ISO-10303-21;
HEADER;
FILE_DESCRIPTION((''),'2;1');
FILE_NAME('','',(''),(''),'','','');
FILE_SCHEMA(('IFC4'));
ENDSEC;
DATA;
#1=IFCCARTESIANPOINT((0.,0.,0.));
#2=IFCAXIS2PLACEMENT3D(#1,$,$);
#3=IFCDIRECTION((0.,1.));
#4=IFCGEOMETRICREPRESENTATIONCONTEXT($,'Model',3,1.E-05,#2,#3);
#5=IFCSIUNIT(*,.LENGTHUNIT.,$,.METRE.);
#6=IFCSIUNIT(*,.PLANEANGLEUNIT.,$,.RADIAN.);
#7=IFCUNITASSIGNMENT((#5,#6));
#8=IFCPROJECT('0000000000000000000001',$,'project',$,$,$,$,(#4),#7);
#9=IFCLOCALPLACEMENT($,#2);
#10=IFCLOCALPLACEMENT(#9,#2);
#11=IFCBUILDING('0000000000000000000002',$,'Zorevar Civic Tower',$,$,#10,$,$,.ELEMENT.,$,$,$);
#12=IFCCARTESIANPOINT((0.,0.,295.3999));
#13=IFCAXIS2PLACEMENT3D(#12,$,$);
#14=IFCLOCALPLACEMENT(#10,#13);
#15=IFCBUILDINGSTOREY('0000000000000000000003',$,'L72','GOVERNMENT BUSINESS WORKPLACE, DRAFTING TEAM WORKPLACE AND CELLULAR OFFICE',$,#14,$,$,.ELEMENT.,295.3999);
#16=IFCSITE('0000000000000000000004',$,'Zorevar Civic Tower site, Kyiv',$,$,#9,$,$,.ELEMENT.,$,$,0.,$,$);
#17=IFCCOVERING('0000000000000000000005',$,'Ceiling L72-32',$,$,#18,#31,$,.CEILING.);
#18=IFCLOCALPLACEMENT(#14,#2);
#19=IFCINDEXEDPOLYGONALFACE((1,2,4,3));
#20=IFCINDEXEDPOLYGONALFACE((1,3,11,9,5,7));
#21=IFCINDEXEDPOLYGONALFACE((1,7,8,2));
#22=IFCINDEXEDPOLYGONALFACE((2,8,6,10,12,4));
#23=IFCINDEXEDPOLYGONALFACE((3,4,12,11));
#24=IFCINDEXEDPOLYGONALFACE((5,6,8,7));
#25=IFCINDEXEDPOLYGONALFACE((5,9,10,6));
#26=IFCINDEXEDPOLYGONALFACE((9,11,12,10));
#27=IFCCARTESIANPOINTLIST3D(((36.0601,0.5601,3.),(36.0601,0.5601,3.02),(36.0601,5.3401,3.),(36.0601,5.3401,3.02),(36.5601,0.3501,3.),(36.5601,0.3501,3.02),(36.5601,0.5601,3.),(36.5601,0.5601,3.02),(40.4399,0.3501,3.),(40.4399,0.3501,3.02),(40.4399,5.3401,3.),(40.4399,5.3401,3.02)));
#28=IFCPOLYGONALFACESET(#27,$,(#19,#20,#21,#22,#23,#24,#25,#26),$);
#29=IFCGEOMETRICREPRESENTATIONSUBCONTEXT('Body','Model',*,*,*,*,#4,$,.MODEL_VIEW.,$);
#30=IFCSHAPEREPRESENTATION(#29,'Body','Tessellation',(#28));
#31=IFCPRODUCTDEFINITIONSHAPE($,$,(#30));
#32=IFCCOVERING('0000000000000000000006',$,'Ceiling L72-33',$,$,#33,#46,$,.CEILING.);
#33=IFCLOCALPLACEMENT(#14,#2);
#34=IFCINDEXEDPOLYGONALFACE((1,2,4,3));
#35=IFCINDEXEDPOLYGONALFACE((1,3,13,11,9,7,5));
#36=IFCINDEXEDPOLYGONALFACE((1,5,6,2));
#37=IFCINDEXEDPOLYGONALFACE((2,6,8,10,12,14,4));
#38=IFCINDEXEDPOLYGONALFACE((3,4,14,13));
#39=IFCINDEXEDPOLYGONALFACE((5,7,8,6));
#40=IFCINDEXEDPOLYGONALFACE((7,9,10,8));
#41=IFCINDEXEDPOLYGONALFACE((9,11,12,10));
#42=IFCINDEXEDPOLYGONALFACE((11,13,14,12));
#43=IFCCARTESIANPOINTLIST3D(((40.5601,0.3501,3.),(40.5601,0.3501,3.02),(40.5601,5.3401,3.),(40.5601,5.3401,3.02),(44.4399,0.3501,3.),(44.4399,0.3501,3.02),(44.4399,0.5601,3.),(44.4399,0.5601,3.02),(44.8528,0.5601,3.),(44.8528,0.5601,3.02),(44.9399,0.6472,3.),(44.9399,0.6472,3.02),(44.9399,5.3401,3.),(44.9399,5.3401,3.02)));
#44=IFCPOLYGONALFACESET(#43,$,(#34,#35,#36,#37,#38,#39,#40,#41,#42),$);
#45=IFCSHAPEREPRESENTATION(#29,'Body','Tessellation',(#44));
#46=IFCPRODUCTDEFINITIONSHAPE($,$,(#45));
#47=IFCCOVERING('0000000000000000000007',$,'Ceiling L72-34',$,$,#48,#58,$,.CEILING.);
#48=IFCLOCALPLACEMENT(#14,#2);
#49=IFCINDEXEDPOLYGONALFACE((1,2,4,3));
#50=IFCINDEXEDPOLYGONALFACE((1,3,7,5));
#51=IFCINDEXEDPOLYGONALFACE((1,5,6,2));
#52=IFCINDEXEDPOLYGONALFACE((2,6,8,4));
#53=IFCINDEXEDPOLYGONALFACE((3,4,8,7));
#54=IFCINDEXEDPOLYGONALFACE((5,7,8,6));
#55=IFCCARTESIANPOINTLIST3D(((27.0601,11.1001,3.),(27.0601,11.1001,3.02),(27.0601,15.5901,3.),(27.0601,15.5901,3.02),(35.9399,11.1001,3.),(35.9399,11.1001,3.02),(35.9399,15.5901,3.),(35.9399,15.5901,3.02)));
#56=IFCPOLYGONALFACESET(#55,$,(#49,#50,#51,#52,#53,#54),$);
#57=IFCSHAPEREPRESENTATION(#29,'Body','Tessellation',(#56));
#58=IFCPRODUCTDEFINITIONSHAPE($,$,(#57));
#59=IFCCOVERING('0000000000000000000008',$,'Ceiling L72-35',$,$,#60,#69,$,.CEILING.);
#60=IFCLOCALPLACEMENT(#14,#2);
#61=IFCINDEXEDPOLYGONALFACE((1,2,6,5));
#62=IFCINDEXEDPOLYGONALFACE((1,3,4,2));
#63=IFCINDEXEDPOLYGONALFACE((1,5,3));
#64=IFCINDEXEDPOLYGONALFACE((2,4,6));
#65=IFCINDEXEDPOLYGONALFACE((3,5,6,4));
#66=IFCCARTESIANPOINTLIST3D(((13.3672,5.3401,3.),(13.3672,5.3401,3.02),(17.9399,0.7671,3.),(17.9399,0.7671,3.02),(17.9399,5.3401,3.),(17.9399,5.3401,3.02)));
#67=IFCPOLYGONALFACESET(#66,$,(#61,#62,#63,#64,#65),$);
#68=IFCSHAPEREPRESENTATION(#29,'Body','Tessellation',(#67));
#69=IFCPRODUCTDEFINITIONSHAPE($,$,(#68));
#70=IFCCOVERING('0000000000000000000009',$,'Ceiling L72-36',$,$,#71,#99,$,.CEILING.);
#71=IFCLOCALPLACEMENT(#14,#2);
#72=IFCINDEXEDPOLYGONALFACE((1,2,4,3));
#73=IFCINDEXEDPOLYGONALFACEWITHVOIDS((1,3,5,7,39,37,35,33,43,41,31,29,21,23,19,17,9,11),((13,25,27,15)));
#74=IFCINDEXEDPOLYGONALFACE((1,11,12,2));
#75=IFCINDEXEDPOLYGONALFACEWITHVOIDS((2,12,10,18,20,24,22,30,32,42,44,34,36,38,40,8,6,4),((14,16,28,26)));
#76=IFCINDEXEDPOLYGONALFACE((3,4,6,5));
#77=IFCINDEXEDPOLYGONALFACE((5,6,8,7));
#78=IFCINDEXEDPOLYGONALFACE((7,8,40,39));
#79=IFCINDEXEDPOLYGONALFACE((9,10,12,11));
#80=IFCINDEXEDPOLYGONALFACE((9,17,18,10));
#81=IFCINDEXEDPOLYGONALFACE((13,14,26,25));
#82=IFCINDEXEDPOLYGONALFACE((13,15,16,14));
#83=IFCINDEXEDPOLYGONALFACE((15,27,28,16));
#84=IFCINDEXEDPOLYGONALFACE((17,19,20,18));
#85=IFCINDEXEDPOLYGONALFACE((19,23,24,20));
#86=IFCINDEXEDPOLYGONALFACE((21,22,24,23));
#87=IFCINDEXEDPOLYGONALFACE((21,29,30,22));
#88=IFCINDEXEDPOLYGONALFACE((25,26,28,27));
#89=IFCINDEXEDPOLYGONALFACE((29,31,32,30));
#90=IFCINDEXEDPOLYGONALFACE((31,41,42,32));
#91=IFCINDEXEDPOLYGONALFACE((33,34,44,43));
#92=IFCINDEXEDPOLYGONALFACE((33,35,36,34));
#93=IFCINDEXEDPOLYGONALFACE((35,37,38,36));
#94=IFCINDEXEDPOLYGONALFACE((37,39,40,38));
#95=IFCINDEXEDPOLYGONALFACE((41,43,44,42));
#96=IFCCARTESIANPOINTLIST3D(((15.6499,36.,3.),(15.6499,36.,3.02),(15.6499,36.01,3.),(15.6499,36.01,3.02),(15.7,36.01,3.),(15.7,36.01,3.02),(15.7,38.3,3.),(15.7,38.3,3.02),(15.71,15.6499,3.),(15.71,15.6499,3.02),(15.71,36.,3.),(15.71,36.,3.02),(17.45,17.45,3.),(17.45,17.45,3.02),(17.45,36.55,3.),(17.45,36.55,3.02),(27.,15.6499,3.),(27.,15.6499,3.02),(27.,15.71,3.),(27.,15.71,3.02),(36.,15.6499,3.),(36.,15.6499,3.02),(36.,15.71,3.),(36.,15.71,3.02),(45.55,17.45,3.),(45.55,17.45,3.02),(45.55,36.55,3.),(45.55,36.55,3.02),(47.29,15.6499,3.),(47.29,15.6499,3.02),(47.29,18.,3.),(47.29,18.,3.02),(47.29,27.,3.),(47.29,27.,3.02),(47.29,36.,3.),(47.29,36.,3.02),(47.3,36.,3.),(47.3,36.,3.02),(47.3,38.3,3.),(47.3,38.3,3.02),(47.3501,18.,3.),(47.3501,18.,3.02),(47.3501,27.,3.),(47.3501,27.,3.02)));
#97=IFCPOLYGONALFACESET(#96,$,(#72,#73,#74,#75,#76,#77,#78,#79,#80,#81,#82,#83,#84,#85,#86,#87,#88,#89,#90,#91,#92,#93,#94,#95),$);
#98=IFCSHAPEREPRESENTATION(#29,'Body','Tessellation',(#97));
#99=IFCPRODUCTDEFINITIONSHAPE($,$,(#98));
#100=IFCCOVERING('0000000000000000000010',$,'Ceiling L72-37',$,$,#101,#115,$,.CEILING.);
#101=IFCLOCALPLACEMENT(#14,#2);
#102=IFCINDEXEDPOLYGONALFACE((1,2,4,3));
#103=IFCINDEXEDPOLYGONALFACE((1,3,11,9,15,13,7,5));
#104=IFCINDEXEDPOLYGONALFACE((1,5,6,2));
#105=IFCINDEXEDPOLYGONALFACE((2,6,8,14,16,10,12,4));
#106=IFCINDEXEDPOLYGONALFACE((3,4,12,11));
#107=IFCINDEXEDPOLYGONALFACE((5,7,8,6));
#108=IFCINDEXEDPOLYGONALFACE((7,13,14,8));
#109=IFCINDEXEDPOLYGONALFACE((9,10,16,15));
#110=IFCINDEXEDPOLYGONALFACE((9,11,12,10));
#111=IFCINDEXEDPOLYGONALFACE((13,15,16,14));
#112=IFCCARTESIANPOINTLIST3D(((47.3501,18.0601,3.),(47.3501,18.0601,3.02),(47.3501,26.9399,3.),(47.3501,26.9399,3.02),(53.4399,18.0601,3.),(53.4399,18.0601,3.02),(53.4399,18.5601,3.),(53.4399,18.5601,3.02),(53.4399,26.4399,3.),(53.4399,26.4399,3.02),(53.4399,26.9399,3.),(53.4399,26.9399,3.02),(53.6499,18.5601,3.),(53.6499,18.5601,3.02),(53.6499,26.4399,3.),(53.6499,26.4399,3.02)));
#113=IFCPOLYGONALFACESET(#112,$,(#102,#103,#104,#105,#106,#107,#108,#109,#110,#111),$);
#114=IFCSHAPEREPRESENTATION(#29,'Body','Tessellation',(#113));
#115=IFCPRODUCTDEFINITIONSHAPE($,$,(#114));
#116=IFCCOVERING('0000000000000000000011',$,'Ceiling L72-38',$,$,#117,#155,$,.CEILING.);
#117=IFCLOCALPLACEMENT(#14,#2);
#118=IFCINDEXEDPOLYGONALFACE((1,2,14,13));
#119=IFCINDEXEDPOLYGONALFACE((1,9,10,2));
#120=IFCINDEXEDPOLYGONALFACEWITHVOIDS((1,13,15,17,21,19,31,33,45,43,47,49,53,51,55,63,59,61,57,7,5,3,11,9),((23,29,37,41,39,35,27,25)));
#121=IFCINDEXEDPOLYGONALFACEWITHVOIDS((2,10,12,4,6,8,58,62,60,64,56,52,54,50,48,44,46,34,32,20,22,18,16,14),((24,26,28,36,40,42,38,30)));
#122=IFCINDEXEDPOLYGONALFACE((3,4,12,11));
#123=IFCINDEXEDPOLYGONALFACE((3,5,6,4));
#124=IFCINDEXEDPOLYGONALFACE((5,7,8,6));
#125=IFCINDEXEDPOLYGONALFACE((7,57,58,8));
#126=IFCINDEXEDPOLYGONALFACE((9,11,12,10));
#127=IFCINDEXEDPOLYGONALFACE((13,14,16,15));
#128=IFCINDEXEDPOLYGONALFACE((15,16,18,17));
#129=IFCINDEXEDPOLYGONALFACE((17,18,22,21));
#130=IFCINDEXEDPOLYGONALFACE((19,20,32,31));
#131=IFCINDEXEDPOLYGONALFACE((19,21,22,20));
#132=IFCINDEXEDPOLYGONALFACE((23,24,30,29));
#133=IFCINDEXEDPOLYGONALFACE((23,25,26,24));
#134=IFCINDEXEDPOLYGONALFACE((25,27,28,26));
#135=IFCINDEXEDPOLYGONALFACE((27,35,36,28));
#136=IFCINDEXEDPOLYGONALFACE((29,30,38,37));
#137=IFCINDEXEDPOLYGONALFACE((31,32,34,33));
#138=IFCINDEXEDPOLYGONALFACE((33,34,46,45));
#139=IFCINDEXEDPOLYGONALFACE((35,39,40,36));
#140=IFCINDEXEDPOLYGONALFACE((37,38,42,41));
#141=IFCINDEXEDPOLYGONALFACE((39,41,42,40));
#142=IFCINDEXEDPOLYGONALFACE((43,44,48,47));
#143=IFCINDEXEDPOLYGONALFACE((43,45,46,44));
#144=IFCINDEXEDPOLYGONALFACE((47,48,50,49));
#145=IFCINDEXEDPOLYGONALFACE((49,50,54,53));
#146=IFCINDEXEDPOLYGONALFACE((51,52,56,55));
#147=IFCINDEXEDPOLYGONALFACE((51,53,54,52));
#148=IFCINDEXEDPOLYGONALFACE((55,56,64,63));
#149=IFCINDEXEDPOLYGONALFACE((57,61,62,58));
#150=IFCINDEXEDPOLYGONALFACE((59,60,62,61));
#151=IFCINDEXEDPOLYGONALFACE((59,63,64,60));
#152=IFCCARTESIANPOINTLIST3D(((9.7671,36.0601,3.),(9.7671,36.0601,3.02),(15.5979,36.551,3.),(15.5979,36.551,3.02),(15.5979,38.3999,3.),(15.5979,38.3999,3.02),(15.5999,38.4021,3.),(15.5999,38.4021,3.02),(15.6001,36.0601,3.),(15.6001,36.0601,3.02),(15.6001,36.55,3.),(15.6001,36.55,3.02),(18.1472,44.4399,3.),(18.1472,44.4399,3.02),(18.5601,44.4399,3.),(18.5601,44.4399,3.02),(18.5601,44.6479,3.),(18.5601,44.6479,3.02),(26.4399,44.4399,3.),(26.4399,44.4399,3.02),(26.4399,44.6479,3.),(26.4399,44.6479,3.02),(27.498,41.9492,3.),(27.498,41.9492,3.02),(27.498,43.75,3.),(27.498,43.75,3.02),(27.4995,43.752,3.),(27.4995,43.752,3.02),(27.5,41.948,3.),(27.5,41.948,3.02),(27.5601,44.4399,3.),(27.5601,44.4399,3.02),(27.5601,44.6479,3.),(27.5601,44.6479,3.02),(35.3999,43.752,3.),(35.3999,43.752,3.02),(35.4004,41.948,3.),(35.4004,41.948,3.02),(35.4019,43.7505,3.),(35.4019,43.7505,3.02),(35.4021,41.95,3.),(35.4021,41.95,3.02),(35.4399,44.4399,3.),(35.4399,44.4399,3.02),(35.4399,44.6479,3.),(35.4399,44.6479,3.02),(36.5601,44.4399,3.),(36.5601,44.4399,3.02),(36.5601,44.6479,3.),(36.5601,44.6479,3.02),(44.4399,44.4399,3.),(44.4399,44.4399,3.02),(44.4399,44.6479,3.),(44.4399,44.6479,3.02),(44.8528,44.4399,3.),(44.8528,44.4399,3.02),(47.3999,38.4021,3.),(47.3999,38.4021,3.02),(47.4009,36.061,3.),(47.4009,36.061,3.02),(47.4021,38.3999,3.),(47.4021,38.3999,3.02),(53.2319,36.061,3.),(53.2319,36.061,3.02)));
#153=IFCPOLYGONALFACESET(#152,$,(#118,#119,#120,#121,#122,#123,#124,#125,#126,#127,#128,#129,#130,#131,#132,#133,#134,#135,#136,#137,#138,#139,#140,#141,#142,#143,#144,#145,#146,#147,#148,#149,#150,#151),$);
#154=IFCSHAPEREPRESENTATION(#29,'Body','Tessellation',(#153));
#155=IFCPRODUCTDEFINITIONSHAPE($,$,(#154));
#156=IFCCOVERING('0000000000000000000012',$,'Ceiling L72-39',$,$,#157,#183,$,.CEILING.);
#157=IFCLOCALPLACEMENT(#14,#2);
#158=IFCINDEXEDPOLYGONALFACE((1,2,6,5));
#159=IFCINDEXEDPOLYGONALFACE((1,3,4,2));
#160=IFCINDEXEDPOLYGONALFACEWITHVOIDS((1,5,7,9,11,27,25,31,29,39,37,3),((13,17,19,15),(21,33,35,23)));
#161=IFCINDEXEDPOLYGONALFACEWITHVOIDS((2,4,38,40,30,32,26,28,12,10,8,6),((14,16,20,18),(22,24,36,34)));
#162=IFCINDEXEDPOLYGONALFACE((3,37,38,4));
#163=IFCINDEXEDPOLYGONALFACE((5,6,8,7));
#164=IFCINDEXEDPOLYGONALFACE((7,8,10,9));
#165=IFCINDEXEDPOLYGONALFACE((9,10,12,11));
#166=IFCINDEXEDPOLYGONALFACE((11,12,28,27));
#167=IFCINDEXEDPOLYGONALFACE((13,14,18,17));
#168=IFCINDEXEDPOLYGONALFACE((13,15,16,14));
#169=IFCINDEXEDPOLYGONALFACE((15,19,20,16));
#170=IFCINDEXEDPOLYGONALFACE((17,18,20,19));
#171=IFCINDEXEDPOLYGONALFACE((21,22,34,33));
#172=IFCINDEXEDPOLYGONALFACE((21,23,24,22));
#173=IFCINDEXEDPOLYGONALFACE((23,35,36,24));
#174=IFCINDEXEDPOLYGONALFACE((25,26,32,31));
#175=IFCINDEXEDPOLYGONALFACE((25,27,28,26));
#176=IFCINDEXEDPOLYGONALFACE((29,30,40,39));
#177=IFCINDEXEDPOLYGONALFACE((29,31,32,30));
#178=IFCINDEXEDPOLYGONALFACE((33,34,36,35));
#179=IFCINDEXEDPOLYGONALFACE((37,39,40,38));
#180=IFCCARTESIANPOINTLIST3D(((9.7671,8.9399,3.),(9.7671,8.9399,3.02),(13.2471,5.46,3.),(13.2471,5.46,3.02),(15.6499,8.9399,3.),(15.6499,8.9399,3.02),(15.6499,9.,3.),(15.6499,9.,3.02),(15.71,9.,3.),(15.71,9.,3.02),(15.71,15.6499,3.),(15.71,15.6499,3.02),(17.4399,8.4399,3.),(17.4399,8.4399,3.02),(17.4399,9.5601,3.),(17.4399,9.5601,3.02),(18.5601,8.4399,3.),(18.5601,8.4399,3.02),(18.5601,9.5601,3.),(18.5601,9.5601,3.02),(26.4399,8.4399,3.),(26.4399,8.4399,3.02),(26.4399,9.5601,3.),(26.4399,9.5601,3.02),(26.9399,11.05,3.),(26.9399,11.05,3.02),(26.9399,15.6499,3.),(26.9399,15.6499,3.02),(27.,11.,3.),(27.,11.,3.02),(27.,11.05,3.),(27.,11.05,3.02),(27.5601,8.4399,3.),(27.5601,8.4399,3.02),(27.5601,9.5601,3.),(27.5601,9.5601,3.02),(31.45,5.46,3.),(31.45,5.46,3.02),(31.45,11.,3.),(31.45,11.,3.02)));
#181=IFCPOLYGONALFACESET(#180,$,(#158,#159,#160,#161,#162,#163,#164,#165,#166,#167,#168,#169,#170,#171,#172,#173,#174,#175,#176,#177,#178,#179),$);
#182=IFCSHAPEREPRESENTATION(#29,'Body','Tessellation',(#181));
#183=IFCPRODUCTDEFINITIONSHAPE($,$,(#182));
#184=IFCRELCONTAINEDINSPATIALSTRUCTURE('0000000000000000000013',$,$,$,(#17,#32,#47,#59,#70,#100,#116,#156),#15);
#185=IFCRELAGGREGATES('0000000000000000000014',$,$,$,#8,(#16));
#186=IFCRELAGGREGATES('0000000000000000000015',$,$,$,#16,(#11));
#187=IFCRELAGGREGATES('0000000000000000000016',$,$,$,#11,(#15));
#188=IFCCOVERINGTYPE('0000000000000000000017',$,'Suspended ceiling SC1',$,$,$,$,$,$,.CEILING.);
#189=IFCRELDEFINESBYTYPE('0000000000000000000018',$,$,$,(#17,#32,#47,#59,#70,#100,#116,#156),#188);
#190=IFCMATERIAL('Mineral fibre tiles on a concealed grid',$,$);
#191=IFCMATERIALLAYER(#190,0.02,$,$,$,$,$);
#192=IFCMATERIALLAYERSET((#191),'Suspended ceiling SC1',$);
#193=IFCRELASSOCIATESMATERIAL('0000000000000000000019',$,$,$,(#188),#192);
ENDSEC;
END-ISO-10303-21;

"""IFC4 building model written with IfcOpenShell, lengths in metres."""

from ifc_helpers import new_model, si_unit, direction, frame, origin, place, context, subcontext, project, spatial, polyline, outline, extrude, material, layer, layer_set, type_object, element, save


model = new_model("IFC4")

# Units and contexts
model_context = context("Model", 3, precision=1e-05, world=origin(), true_north=direction((0.0, 1.0)))
body_context = subcontext(model_context, "Body", "Model", "MODEL_VIEW")
ifc_project = project(units=[si_unit("LENGTHUNIT", "METRE"), si_unit("PLANEANGLEUNIT", "RADIAN")], contexts=[model_context])

# Site, building, storey
site_placement = place(None, origin())
site = spatial("IfcSite", under=ifc_project, at=site_placement, Name="Zorevar Civic Tower site, Kyiv", CompositionType="ELEMENT", RefElevation=0.0)
building_placement = place(site_placement, origin())
building = spatial("IfcBuilding", under=site, at=building_placement, Name="Zorevar Civic Tower", CompositionType="ELEMENT")
storey_placement = place(building_placement, frame((0.0, 0.0, 295.3999)))
storey = spatial("IfcBuildingStorey", under=building, at=storey_placement, Name="L72", Description="GOVERNMENT BUSINESS WORKPLACE, DRAFTING TEAM WORKPLACE AND CELLULAR OFFICE", CompositionType="ELEMENT", Elevation=295.3999)

# Coverings
ifc_material_1 = material(Name="Mineral fibre tiles on a concealed grid")
ifc_layer_1 = layer(ifc_material_1, 0.02)
ifc_layer_set_1 = layer_set([ifc_layer_1], Name="Suspended ceiling SC1")
covering_type_1 = type_object("IfcCoveringType", Name="Suspended ceiling SC1", PredefinedType="CEILING", material=ifc_layer_set_1)
covering_1_placement = place(storey_placement, frame((0.0, 0.0, 3.0)))
element("IfcCovering", 1, at=covering_1_placement, inside=storey, type_object=covering_type_1, Name="Ceiling L72-32", PredefinedType="CEILING", context=body_context, shape_type="SweptSolid", body=[
    extrude(outline(polyline([(40.4399, 5.3401), (40.4399, 0.3501), (36.5601, 0.3501), (36.5601, 0.5601), (36.0601, 0.5601), (36.0601, 5.3401), (40.4399, 5.3401)])), origin(), (0.0, 0.0, 1.0), 0.02),
])
covering_2_placement = place(storey_placement, frame((0.0, 0.0, 3.0)))
element("IfcCovering", 2, at=covering_2_placement, inside=storey, type_object=covering_type_1, Name="Ceiling L72-33", PredefinedType="CEILING", context=body_context, shape_type="SweptSolid", body=[
    extrude(outline(polyline([(44.9399, 0.6472), (44.8528, 0.5601), (44.4399, 0.5601), (44.4399, 0.3501), (40.5601, 0.3501), (40.5601, 5.3401), (44.9399, 5.3401), (44.9399, 0.6472)])), origin(), (0.0, 0.0, 1.0), 0.02),
])
covering_3_placement = place(storey_placement, frame((0.0, 0.0, 3.0)))
element("IfcCovering", 3, at=covering_3_placement, inside=storey, type_object=covering_type_1, Name="Ceiling L72-34", PredefinedType="CEILING", context=body_context, shape_type="SweptSolid", body=[
    extrude(outline(polyline([(27.0601, 15.5901), (35.9399, 15.5901), (35.9399, 11.1001), (27.0601, 11.1001), (27.0601, 15.5901)])), origin(), (0.0, 0.0, 1.0), 0.02),
])
covering_4_placement = place(storey_placement, frame((0.0, 0.0, 3.0)))
element("IfcCovering", 4, at=covering_4_placement, inside=storey, type_object=covering_type_1, Name="Ceiling L72-35", PredefinedType="CEILING", context=body_context, shape_type="SweptSolid", body=[
    extrude(outline(polyline([(17.9399, 5.3401), (17.9399, 0.7671), (13.3672, 5.3401), (17.9399, 5.3401)])), origin(), (0.0, 0.0, 1.0), 0.02),
])
covering_5_placement = place(storey_placement, frame((0.0, 0.0, 3.0)))
element("IfcCovering", 5, at=covering_5_placement, inside=storey, type_object=covering_type_1, Name="Ceiling L72-36", PredefinedType="CEILING", context=body_context, shape_type="SweptSolid", body=[
    extrude(outline(polyline([(15.71, 15.6499), (15.71, 36.0), (15.6499, 36.0), (15.6499, 36.01), (15.7, 36.01), (15.7, 38.3), (47.3, 38.3), (47.3, 36.0), (47.29, 36.0), (47.29, 27.0), (47.3501, 27.0), (47.3501, 18.0), (47.29, 18.0), (47.29, 15.6499), (36.0, 15.6499), (36.0, 15.71), (27.0, 15.71), (27.0, 15.6499), (15.71, 15.6499)]), holes=[polyline([(17.45, 36.55), (17.45, 17.45), (45.55, 17.45), (45.55, 36.55), (17.45, 36.55)])]), origin(), (0.0, 0.0, 1.0), 0.02),
])
covering_6_placement = place(storey_placement, frame((0.0, 0.0, 3.0)))
element("IfcCovering", 6, at=covering_6_placement, inside=storey, type_object=covering_type_1, Name="Ceiling L72-37", PredefinedType="CEILING", context=body_context, shape_type="SweptSolid", body=[
    extrude(outline(polyline([(53.6499, 18.5601), (53.4399, 18.5601), (53.4399, 18.0601), (47.3501, 18.0601), (47.3501, 26.9399), (53.4399, 26.9399), (53.4399, 26.4399), (53.6499, 26.4399), (53.6499, 18.5601)])), origin(), (0.0, 0.0, 1.0), 0.02),
])
covering_7_placement = place(storey_placement, frame((0.0, 0.0, 3.0)))
element("IfcCovering", 7, at=covering_7_placement, inside=storey, type_object=covering_type_1, Name="Ceiling L72-38", PredefinedType="CEILING", context=body_context, shape_type="SweptSolid", body=[
    extrude(outline(polyline([(18.5601, 44.4399), (18.5601, 44.6479), (26.4399, 44.6479), (26.4399, 44.4399), (27.5601, 44.4399), (27.5601, 44.6479), (35.4399, 44.6479), (35.4399, 44.4399), (36.5601, 44.4399), (36.5601, 44.6479), (44.4399, 44.6479), (44.4399, 44.4399), (44.8528, 44.4399), (53.2319, 36.061), (47.4009, 36.061), (47.4021, 38.3999), (47.3999, 38.4021), (15.5999, 38.4021), (15.5979, 38.3999), (15.5979, 36.551), (15.6001, 36.55), (15.6001, 36.0601), (9.7671, 36.0601), (18.1472, 44.4399), (18.5601, 44.4399)]), holes=[polyline([(27.498, 41.9492), (27.5, 41.948), (35.4004, 41.948), (35.4021, 41.95), (35.4019, 43.7505), (35.3999, 43.752), (27.4995, 43.752), (27.498, 43.75), (27.498, 41.9492)])]), origin(), (0.0, 0.0, 1.0), 0.02),
])
covering_8_placement = place(storey_placement, frame((0.0, 0.0, 3.0)))
element("IfcCovering", 8, at=covering_8_placement, inside=storey, type_object=covering_type_1, Name="Ceiling L72-39", PredefinedType="CEILING", context=body_context, shape_type="SweptSolid", body=[
    extrude(outline(polyline([(15.71, 15.6499), (26.9399, 15.6499), (26.9399, 11.05), (27.0, 11.05), (27.0, 11.0), (31.45, 11.0), (31.45, 5.46), (13.2471, 5.46), (9.7671, 8.9399), (15.6499, 8.9399), (15.6499, 9.0), (15.71, 9.0), (15.71, 15.6499)]), holes=[polyline([(17.4399, 8.4399), (18.5601, 8.4399), (18.5601, 9.5601), (17.4399, 9.5601), (17.4399, 8.4399)]), polyline([(26.4399, 9.5601), (26.4399, 8.4399), (27.5601, 8.4399), (27.5601, 9.5601), (26.4399, 9.5601)])]), origin(), (0.0, 0.0, 1.0), 0.02),
])

save(model, "model.ifc")
